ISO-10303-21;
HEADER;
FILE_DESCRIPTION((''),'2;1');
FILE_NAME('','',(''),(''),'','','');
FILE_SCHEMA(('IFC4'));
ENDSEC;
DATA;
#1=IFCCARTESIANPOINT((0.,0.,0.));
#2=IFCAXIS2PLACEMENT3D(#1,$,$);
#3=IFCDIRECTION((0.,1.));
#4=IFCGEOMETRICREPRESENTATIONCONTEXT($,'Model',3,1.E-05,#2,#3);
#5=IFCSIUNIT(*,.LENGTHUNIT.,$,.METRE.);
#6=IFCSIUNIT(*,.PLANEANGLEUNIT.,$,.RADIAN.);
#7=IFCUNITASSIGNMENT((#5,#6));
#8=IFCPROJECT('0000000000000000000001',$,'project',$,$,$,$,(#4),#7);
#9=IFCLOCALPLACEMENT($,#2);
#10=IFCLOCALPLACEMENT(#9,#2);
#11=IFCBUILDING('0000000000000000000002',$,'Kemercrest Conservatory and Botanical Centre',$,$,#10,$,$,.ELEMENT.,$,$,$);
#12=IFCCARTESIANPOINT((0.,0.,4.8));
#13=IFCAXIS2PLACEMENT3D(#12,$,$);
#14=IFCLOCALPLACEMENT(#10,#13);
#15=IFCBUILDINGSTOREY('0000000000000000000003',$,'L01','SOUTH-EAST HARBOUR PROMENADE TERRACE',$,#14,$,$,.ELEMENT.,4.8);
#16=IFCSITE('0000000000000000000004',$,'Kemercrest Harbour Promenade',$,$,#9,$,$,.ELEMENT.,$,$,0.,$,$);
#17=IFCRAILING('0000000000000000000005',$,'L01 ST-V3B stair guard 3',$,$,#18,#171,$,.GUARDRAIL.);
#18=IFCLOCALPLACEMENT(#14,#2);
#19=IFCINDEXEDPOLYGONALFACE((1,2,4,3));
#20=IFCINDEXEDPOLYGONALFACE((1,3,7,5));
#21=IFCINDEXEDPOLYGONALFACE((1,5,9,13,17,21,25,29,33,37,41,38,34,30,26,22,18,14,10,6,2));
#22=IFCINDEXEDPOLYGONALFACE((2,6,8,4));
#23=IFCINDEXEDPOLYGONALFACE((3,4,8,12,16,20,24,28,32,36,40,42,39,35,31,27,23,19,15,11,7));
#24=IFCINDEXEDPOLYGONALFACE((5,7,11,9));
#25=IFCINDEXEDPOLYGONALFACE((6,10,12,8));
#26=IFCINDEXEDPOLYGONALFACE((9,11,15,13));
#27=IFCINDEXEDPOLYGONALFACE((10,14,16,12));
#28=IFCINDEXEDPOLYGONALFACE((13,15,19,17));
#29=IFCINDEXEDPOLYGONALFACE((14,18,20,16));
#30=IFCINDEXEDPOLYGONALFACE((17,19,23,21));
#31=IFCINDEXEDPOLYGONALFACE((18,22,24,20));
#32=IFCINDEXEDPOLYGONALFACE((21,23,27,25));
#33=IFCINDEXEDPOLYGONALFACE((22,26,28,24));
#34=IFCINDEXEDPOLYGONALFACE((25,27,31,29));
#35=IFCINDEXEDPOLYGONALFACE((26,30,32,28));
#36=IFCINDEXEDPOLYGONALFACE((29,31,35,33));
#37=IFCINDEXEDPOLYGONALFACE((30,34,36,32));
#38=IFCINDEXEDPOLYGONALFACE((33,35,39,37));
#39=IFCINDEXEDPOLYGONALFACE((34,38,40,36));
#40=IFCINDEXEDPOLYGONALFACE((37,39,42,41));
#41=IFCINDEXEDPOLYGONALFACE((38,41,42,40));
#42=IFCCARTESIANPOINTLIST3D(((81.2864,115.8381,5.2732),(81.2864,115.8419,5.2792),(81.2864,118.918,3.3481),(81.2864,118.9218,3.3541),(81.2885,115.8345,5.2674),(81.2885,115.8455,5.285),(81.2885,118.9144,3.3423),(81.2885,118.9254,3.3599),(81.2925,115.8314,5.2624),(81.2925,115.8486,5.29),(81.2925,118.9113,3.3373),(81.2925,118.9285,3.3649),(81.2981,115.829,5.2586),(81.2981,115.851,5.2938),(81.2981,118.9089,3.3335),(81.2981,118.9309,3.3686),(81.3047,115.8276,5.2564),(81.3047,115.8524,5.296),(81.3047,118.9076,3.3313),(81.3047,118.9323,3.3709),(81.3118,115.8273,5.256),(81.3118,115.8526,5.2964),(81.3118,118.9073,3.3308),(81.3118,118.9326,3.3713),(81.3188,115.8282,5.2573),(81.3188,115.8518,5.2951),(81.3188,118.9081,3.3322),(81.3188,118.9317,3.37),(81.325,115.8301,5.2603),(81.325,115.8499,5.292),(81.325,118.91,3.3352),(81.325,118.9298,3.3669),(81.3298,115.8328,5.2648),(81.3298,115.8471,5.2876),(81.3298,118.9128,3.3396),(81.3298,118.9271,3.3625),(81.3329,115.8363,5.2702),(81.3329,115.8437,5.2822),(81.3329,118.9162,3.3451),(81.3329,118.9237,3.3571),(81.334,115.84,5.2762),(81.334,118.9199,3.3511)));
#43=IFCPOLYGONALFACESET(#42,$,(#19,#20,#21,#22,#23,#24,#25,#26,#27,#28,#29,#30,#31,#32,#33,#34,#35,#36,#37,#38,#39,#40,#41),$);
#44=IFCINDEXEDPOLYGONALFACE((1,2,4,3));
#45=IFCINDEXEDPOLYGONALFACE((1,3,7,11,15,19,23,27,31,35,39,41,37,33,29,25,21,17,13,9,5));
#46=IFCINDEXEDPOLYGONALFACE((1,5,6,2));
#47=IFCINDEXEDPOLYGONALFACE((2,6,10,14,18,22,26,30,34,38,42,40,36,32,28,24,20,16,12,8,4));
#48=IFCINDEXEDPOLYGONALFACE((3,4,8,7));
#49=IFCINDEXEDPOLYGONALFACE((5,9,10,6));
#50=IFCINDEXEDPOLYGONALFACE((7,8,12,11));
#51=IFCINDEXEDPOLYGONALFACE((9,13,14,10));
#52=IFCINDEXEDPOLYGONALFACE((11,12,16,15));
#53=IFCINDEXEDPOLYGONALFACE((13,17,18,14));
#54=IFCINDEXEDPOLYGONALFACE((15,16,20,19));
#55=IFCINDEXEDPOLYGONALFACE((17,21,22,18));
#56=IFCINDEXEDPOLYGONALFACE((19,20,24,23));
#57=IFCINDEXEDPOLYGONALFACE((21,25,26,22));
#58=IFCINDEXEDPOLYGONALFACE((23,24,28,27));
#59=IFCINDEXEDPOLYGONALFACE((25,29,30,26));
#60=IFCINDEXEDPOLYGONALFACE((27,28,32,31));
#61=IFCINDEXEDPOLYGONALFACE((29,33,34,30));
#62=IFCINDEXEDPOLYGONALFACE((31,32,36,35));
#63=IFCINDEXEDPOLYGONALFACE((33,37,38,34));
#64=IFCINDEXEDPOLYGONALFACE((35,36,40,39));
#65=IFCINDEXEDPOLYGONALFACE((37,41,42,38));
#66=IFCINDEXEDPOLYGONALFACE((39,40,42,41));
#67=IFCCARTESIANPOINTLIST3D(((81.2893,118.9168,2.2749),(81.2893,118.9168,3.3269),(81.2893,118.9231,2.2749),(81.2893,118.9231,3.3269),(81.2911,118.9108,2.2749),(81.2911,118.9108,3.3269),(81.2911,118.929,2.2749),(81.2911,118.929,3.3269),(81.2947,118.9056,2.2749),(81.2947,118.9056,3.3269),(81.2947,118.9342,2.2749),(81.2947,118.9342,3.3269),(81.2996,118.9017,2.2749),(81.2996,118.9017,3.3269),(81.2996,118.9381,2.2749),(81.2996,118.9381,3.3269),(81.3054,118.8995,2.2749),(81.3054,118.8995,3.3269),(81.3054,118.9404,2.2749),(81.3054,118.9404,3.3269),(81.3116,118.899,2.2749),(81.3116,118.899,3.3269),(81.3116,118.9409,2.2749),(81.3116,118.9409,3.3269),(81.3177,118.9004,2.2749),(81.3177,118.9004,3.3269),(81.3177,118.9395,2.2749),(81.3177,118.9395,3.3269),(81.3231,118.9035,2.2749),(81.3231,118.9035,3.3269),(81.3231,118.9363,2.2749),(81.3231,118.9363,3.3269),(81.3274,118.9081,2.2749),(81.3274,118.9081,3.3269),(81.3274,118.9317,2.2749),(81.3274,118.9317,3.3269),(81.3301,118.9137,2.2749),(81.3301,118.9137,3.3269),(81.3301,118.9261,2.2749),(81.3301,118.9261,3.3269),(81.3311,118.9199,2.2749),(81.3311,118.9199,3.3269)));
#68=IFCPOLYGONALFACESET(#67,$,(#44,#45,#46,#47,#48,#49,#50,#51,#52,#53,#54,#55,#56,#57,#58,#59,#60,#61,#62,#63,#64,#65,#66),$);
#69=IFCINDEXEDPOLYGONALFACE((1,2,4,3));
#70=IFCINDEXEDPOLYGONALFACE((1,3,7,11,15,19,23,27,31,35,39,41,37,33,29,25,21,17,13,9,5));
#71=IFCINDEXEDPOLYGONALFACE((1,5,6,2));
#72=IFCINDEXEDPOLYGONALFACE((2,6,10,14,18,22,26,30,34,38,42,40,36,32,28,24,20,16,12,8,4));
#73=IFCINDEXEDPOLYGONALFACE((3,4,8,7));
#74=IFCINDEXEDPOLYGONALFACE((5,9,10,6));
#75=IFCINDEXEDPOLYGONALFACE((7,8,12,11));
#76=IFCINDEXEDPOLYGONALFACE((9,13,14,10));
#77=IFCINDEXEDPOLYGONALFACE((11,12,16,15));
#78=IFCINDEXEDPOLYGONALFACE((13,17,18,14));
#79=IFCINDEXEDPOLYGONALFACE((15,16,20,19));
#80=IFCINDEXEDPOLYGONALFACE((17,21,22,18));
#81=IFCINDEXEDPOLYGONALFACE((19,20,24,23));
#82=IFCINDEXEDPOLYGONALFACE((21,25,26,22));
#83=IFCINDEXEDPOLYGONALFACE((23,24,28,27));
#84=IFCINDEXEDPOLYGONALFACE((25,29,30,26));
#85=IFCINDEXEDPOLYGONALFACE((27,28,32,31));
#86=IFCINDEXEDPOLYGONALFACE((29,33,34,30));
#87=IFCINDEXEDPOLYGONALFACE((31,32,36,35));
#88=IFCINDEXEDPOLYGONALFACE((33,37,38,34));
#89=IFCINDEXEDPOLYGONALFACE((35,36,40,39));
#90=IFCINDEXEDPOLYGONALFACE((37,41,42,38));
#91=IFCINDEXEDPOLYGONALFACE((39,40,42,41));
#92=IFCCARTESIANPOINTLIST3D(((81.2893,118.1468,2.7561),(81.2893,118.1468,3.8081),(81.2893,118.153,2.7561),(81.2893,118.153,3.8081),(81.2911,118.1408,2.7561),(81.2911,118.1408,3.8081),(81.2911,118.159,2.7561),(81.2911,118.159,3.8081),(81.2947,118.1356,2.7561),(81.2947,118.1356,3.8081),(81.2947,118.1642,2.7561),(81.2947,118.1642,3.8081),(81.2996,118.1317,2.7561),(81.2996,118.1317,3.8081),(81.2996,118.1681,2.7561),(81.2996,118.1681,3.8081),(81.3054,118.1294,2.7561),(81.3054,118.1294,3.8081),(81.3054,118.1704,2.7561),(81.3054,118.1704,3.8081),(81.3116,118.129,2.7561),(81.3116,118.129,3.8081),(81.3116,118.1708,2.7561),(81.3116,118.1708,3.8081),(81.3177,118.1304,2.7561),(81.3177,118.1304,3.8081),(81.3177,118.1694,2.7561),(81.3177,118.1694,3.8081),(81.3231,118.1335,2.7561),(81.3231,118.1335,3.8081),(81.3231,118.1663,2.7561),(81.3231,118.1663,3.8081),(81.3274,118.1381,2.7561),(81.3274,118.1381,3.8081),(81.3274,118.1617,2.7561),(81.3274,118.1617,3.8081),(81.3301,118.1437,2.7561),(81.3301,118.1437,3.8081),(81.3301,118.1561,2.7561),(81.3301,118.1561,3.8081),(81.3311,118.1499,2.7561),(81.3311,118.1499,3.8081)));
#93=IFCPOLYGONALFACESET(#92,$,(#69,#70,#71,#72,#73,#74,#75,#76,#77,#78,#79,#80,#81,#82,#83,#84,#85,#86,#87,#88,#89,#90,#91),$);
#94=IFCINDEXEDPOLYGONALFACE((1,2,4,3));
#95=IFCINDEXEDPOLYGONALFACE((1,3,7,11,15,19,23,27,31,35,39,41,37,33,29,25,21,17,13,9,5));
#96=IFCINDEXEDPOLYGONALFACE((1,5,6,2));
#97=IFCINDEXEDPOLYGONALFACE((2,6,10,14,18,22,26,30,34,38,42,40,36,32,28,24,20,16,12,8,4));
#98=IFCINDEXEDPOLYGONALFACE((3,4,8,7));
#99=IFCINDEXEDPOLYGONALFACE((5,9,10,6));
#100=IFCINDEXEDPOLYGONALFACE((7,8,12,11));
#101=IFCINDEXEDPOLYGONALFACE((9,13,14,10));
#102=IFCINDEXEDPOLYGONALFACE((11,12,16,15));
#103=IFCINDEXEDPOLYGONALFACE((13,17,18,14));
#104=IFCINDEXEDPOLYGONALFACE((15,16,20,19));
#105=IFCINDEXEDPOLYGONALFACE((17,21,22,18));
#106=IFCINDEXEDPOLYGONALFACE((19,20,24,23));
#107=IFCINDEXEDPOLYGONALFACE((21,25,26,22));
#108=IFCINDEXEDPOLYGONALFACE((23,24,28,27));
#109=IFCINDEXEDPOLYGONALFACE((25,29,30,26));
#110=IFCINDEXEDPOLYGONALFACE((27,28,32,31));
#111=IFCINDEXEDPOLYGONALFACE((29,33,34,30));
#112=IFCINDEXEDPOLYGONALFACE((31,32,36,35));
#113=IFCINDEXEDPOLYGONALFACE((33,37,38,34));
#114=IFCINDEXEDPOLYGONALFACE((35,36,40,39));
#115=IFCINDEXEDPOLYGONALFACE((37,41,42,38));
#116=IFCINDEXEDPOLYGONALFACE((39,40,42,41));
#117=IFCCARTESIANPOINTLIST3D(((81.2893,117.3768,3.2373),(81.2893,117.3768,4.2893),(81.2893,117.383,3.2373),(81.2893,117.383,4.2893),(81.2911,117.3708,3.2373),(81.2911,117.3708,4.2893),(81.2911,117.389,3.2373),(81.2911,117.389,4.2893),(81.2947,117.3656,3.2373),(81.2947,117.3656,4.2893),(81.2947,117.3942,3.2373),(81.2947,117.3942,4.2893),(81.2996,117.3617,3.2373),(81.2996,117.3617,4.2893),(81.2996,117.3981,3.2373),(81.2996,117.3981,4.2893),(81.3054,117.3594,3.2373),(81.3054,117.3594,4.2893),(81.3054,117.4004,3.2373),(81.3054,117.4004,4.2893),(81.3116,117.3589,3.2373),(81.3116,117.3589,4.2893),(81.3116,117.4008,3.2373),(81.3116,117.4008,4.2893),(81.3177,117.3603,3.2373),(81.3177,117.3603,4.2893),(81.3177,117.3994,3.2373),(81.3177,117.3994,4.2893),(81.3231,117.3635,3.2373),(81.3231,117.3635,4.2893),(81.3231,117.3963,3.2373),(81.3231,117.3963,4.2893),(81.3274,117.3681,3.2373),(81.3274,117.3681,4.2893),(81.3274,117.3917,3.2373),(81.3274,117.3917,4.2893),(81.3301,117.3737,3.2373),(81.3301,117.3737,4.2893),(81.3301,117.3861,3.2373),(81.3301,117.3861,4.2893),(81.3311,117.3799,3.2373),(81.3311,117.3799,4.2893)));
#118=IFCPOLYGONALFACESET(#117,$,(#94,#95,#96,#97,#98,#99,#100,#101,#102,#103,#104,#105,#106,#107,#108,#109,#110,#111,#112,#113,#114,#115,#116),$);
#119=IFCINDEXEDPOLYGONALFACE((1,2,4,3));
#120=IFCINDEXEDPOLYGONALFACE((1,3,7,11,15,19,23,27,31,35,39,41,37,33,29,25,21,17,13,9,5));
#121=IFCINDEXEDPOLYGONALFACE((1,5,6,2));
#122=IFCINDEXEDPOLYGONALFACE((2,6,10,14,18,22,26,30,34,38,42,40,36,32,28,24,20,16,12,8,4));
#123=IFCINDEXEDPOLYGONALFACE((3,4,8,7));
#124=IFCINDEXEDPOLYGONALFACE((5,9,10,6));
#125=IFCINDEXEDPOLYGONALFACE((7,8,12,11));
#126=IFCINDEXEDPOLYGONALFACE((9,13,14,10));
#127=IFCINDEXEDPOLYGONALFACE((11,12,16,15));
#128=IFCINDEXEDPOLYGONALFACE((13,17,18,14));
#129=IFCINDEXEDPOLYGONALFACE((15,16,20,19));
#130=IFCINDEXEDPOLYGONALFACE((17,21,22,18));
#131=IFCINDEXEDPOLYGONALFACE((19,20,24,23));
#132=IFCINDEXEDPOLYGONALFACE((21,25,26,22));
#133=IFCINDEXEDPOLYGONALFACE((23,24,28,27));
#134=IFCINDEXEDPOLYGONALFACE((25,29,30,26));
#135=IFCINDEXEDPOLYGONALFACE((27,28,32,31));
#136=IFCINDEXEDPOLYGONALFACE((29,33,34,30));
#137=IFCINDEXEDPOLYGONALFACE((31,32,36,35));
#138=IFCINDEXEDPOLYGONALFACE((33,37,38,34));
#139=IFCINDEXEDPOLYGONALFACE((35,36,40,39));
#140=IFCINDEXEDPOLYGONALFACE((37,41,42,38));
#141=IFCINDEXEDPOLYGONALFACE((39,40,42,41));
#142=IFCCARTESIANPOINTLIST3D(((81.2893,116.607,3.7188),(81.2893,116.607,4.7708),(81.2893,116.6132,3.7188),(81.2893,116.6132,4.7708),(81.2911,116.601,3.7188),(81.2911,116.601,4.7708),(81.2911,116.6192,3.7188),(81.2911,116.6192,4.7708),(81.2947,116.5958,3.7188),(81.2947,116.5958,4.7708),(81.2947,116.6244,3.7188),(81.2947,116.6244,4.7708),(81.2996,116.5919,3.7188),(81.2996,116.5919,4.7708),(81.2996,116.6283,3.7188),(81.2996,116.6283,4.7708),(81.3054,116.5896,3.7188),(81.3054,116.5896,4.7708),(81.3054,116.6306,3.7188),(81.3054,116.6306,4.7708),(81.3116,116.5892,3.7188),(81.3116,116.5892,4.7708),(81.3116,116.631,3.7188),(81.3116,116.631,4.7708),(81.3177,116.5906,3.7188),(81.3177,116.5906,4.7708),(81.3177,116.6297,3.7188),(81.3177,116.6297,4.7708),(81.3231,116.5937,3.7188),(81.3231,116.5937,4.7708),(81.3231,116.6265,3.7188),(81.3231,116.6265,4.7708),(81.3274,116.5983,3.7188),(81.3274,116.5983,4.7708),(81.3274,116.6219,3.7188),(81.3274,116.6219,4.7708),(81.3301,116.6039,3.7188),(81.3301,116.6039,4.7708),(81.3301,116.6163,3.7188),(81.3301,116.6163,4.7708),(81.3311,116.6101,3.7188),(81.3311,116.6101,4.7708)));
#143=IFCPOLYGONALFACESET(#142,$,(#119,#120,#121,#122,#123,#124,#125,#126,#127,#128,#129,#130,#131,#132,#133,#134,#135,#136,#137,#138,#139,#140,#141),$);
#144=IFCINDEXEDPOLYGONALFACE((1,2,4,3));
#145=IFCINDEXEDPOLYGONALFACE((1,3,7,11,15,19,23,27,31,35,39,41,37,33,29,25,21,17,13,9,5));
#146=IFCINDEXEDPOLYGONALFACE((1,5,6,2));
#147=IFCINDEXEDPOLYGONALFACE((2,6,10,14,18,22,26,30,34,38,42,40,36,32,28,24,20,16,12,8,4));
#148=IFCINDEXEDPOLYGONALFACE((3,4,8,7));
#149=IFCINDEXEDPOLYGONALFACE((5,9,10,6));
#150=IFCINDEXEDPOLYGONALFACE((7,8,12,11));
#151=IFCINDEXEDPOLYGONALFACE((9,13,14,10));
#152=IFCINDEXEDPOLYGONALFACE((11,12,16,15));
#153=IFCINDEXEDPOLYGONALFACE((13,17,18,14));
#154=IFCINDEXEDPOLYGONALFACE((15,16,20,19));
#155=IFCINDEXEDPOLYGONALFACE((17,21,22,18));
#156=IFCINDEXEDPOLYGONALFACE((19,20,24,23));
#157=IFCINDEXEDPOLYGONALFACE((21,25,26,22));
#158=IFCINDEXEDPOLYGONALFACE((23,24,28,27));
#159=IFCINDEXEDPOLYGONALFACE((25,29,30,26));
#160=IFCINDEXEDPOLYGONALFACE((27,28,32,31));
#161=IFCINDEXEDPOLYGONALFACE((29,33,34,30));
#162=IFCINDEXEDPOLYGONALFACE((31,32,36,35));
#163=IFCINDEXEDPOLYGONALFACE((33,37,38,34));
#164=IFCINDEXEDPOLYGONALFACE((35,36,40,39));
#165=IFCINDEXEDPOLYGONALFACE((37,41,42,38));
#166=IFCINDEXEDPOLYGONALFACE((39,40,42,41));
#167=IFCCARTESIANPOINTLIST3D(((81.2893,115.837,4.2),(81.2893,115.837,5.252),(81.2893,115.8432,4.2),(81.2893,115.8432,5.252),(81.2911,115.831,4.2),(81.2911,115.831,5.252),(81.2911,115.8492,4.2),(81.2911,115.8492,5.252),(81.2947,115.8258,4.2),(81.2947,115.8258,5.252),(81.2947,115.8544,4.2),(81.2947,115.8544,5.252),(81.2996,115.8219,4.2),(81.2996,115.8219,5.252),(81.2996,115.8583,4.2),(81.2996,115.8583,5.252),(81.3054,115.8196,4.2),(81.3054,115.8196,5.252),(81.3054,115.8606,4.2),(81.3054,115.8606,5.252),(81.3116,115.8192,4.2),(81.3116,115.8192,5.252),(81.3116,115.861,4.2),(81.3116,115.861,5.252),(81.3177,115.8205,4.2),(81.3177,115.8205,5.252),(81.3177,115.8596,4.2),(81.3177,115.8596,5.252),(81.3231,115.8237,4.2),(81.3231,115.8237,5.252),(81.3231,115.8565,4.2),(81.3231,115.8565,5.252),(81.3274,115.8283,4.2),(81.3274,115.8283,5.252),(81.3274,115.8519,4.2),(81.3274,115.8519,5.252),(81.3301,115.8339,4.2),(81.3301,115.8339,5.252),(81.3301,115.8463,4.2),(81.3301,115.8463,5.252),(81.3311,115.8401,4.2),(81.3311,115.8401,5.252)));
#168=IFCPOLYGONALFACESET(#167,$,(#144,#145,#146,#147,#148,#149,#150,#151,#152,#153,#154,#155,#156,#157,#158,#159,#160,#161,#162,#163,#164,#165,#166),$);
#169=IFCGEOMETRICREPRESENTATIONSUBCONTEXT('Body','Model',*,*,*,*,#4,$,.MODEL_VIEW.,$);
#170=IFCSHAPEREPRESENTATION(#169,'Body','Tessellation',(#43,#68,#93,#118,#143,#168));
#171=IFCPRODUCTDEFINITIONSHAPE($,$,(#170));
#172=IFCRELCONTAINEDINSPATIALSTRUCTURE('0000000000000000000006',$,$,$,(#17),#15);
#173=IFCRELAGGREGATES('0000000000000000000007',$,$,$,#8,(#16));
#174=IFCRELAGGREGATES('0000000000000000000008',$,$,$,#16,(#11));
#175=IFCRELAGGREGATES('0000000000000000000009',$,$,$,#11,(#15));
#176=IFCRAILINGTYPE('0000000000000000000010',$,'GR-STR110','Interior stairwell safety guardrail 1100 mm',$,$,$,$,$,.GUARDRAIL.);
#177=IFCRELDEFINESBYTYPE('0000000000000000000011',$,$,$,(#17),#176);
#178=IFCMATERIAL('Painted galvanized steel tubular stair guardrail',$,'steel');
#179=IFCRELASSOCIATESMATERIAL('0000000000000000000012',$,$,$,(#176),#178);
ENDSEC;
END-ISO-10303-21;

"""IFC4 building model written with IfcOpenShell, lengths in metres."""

from ifc_helpers import new_model, si_unit, direction, frame, origin, origin_2d, place, context, subcontext, project, spatial, circle, extrude, material, type_object, element, save


model = new_model("IFC4")

# Units and contexts
model_context = context("Model", 3, precision=1e-05, world=origin(), true_north=direction((0.0, 1.0)))
body_context = subcontext(model_context, "Body", "Model", "MODEL_VIEW")
ifc_project = project(units=[si_unit("LENGTHUNIT", "METRE"), si_unit("PLANEANGLEUNIT", "RADIAN")], contexts=[model_context])

# Site, building, storey
site_placement = place(None, origin())
site = spatial("IfcSite", under=ifc_project, at=site_placement, Name="Kemercrest Harbour Promenade", CompositionType="ELEMENT", RefElevation=0.0)
building_placement = place(site_placement, origin())
building = spatial("IfcBuilding", under=site, at=building_placement, Name="Kemercrest Conservatory and Botanical Centre", CompositionType="ELEMENT")
storey_placement = place(building_placement, frame((0.0, 0.0, 4.8)))
storey = spatial("IfcBuildingStorey", under=building, at=storey_placement, Name="L01", Description="SOUTH-EAST HARBOUR PROMENADE TERRACE", CompositionType="ELEMENT", Elevation=4.8)

# Railing
ifc_material_1 = material(Name="Painted galvanized steel tubular stair guardrail", Category="steel")
railing_type_1 = type_object("IfcRailingType", Name="GR-STR110", Description="Interior stairwell safety guardrail 1100 mm", PredefinedType="GUARDRAIL", material=ifc_material_1)
railing_1_placement = place(storey_placement, frame((81.3101, 118.9199, 2.2749)))
element("IfcRailing", 1, at=railing_1_placement, inside=storey, type_object=railing_type_1, Name="L01 ST-V3B stair guard 3", PredefinedType="GUARDRAIL", context=body_context, shape_type="SweptSolid", body=[
    extrude(circle(Radius=0.0239, at=origin_2d()), frame((0.0, 0.0, 1.0762), z_axis=(0.0, -0.847979, 0.530029), x_axis=(1.0, 0.0, 0.0)), (0.0, 0.0, 1.0), 3.6321),
    extrude(circle(Radius=0.021, at=origin_2d()), origin(), (0.0, 0.0, 1.0), 1.052),
    extrude(circle(Radius=0.021, at=origin_2d()), frame((0.0, -0.77, 0.4812)), (0.0, 0.0, 1.0), 1.052),
    extrude(circle(Radius=0.021, at=origin_2d()), frame((0.0, -1.54, 0.9624)), (0.0, 0.0, 1.0), 1.052),
    extrude(circle(Radius=0.021, at=origin_2d()), frame((0.0, -2.3098, 1.4438)), (0.0, 0.0, 1.0), 1.052),
    extrude(circle(Radius=0.021, at=origin_2d()), frame((0.0, -3.0798, 1.925)), (0.0, 0.0, 1.0), 1.052),
])

save(model, "model.ifc")
